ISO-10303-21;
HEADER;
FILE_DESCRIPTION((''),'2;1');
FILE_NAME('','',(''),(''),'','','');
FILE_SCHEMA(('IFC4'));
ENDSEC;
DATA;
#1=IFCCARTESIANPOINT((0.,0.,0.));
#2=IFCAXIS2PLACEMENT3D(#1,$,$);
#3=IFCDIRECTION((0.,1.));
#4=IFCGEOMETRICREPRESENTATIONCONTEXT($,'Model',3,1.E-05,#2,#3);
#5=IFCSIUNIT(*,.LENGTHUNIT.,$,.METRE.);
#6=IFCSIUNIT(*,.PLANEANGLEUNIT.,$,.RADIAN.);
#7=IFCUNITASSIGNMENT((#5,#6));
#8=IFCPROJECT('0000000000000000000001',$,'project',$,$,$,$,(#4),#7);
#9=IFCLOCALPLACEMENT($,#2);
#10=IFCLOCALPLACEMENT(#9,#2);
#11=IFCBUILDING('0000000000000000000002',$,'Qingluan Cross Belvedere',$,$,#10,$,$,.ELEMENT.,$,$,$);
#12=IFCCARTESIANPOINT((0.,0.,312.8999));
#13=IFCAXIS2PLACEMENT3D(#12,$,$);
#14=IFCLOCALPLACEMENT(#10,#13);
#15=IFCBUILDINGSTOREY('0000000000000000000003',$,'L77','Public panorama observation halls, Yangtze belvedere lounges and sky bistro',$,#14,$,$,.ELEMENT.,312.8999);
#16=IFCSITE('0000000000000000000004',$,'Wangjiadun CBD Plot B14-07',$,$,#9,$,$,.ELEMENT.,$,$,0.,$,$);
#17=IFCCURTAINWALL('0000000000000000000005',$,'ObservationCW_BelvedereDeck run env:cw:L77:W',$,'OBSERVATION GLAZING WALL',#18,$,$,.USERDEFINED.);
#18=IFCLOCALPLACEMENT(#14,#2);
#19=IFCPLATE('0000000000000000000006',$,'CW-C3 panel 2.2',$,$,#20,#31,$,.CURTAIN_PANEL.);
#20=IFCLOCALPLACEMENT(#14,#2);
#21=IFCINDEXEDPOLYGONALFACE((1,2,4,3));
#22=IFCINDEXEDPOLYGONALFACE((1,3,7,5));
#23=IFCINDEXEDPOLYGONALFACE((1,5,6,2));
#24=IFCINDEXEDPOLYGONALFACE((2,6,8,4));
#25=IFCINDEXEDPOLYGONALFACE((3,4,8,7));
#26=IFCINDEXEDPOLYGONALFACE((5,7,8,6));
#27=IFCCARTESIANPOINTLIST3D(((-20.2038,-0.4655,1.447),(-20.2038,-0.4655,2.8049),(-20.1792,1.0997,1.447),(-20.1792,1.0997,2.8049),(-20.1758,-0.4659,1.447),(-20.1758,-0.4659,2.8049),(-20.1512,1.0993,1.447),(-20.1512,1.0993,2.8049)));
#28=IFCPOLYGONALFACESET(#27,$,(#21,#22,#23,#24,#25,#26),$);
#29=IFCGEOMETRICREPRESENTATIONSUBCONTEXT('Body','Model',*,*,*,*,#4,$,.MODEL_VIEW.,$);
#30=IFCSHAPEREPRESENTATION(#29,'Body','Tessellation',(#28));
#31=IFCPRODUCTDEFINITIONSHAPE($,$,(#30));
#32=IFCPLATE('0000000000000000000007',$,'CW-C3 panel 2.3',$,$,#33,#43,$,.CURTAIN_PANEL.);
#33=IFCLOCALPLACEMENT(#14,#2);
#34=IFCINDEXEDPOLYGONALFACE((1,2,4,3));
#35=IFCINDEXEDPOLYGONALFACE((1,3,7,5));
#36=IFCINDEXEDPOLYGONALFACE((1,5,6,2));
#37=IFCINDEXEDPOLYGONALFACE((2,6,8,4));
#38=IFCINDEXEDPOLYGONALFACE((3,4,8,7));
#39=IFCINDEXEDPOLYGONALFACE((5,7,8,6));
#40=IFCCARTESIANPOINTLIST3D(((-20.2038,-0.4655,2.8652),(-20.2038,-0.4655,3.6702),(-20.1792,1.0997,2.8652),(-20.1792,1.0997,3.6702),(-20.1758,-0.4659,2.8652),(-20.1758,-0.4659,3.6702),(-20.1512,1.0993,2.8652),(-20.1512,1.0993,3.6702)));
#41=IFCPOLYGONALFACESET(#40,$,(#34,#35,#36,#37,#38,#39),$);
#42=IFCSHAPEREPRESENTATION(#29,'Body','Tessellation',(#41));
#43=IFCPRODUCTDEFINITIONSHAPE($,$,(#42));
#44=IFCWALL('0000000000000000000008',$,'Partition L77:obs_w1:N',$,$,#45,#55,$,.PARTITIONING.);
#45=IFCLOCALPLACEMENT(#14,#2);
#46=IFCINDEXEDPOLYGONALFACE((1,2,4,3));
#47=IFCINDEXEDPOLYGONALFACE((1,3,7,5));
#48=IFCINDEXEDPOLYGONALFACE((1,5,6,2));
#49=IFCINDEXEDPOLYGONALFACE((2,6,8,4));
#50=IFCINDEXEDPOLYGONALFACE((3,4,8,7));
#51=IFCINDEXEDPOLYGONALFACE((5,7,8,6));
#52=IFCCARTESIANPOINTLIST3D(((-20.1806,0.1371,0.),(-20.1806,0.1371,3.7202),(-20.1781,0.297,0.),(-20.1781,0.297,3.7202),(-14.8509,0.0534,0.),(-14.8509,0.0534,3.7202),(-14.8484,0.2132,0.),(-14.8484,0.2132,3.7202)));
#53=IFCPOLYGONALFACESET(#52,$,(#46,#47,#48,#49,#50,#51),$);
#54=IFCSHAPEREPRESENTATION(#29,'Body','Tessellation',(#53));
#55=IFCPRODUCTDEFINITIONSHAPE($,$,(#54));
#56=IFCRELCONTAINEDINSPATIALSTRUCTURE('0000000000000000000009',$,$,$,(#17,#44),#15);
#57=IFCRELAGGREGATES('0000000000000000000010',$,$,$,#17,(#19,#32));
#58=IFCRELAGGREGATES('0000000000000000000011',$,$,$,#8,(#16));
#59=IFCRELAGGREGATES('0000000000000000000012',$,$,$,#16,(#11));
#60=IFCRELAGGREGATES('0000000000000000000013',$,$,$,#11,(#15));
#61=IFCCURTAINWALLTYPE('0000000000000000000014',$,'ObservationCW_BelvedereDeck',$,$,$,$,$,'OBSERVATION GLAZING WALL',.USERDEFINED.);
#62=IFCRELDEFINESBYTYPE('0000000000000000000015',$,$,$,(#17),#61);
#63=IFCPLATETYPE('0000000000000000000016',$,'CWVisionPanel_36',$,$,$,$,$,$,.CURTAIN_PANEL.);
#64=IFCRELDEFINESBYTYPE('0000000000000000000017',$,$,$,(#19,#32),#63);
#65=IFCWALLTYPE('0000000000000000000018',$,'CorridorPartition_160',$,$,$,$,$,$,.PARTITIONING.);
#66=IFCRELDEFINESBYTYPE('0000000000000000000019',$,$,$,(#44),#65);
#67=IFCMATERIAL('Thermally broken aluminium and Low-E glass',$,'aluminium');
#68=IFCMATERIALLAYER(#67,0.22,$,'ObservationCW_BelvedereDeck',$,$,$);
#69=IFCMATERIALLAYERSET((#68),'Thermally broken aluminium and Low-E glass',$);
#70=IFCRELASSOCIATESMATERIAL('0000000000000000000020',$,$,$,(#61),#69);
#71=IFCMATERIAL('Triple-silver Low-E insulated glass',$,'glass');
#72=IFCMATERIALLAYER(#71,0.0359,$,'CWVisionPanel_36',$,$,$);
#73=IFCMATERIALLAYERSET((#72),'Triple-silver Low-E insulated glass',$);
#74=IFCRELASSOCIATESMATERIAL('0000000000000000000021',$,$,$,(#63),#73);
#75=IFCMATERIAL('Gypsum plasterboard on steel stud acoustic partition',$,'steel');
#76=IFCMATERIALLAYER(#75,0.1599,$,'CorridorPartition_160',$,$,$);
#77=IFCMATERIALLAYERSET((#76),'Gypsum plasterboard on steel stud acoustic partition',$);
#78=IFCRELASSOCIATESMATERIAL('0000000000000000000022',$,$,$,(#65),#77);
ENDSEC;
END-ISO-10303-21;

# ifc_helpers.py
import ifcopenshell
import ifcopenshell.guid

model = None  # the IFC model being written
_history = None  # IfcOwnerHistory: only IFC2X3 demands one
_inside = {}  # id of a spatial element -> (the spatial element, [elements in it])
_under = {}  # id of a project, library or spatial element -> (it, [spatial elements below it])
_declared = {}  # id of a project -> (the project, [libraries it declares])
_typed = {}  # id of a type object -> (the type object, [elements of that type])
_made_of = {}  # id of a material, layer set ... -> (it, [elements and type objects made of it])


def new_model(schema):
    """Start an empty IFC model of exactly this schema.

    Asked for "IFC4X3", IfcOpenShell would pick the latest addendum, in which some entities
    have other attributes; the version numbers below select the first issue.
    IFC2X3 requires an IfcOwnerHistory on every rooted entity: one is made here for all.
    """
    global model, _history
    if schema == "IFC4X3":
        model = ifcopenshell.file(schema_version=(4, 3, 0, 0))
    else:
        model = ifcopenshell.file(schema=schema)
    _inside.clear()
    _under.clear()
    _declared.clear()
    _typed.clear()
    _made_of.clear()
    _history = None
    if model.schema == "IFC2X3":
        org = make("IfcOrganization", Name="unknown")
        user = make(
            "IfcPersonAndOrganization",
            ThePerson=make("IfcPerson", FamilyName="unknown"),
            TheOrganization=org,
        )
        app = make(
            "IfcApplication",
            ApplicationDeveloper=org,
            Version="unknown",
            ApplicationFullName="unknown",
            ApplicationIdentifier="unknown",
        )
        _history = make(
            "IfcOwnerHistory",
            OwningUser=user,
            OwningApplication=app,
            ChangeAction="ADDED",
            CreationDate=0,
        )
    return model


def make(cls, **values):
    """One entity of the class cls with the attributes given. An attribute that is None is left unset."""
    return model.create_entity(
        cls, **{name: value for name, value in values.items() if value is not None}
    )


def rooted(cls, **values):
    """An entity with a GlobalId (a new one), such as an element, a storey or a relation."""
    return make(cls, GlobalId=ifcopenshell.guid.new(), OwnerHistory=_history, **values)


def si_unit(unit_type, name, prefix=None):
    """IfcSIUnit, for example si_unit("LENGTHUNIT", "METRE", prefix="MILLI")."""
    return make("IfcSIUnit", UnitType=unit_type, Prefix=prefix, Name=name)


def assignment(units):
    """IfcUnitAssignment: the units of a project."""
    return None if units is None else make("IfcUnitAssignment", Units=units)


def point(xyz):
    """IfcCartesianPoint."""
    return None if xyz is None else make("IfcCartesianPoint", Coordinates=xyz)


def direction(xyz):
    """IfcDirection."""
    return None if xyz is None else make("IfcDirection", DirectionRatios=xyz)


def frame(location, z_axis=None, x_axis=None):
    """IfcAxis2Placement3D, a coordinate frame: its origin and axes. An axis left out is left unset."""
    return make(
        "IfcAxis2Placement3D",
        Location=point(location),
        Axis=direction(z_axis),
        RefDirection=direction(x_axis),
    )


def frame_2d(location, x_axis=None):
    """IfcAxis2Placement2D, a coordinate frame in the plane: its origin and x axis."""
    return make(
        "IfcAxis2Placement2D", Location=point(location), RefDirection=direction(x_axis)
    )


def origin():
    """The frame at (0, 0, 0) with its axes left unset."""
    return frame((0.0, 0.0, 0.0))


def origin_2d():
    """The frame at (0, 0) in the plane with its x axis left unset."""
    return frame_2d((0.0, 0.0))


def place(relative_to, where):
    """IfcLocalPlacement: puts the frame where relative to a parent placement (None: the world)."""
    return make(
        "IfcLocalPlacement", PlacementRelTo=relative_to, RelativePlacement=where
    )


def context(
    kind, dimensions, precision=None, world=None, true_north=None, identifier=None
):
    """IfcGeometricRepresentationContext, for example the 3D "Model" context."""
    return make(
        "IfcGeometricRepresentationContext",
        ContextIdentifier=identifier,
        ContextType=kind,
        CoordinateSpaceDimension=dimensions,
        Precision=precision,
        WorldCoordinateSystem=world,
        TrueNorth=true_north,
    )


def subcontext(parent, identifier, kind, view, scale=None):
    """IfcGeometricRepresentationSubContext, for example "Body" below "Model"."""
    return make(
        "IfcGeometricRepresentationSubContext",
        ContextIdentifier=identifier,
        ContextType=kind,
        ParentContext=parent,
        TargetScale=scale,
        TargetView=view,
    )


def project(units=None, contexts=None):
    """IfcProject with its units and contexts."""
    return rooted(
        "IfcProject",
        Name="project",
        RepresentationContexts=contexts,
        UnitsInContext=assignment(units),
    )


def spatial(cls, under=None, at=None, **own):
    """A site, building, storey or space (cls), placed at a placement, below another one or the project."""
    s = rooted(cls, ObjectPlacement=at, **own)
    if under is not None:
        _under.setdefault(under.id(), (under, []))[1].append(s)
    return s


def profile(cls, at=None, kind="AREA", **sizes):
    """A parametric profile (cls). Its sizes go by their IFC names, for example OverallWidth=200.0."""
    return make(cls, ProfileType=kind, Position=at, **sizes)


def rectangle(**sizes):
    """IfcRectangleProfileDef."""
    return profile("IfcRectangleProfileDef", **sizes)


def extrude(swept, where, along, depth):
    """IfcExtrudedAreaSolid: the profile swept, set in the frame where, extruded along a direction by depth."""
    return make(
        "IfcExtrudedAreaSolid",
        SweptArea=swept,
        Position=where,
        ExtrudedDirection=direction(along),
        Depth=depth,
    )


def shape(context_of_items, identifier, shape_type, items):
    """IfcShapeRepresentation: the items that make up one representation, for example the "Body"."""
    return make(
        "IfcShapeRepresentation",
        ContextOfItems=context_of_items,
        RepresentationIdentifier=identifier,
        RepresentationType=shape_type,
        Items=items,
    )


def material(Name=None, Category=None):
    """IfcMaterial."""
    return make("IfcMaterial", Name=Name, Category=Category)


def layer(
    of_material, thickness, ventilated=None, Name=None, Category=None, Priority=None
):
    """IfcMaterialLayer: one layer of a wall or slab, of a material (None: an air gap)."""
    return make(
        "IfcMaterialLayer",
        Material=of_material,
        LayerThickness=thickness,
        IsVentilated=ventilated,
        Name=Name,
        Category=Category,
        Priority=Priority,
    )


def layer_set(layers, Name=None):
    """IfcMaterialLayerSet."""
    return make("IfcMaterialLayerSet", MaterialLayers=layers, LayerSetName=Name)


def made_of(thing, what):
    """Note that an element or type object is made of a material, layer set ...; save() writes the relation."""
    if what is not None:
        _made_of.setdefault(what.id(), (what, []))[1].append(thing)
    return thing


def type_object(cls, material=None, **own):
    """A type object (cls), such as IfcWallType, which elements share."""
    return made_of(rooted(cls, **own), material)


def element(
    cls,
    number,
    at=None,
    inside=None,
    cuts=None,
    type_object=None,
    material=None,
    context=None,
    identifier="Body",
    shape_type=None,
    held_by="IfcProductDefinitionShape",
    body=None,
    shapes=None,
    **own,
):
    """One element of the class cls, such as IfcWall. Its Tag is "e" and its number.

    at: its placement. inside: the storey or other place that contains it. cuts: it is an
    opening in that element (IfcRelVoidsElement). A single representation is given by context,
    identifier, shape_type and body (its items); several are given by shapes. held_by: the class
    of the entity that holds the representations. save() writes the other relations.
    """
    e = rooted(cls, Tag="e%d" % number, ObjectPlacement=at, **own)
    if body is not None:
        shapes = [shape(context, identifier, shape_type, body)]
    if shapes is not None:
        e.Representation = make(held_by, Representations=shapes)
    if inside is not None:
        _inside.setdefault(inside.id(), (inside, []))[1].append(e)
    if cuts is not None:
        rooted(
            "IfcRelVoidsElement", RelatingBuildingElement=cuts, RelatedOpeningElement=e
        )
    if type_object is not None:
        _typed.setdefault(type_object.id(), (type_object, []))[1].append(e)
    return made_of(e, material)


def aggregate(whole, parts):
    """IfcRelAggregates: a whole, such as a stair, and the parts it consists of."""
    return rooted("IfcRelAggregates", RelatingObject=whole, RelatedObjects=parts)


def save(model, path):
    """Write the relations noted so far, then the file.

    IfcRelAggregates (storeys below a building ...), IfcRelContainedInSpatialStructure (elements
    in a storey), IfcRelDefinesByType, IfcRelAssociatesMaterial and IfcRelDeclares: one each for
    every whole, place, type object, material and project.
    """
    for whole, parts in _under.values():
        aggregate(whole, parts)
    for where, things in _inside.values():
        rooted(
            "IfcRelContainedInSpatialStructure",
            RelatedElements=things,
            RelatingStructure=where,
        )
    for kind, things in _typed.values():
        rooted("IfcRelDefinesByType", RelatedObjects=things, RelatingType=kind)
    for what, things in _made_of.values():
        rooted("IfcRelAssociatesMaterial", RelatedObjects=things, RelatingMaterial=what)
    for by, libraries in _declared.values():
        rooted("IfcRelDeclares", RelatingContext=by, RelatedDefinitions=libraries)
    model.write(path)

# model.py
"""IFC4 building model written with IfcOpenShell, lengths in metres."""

from ifc_helpers import new_model, si_unit, direction, frame, frame_2d, origin, origin_2d, place, context, subcontext, project, spatial, rectangle, extrude, material, layer, layer_set, type_object, element, aggregate, save


model = new_model("IFC4")

# Units and contexts
model_context = context("Model", 3, precision=1e-05, world=origin(), true_north=direction((0.0, 1.0)))
body_context = subcontext(model_context, "Body", "Model", "MODEL_VIEW")
ifc_project = project(units=[si_unit("LENGTHUNIT", "METRE"), si_unit("PLANEANGLEUNIT", "RADIAN")], contexts=[model_context])

# Site, building, storey
site_placement = place(None, origin())
site = spatial("IfcSite", under=ifc_project, at=site_placement, Name="Wangjiadun CBD Plot B14-07", CompositionType="ELEMENT", RefElevation=0.0)
building_placement = place(site_placement, origin())
building = spatial("IfcBuilding", under=site, at=building_placement, Name="Qingluan Cross Belvedere", CompositionType="ELEMENT")
storey_placement = place(building_placement, frame((0.0, 0.0, 312.8999)))
storey = spatial("IfcBuildingStorey", under=building, at=storey_placement, Name="L77", Description="Public panorama observation halls, Yangtze belvedere lounges and sky bistro", CompositionType="ELEMENT", Elevation=312.8999)

# Curtain wall, plates
ifc_material_1 = material(Name="Thermally broken aluminium and Low-E glass", Category="aluminium")
ifc_layer_1 = layer(ifc_material_1, 0.22, Name="ObservationCW_BelvedereDeck")
ifc_layer_set_1 = layer_set([ifc_layer_1], Name="Thermally broken aluminium and Low-E glass")
curtain_wall_type = type_object("IfcCurtainWallType", Name="ObservationCW_BelvedereDeck", ElementType="OBSERVATION GLAZING WALL", PredefinedType="USERDEFINED", material=ifc_layer_set_1)
curtain_wall_placement = place(storey_placement, origin())
curtain_wall = element("IfcCurtainWall", 1, at=curtain_wall_placement, inside=storey, type_object=curtain_wall_type, Name="ObservationCW_BelvedereDeck run env:cw:L77:W", ObjectType="OBSERVATION GLAZING WALL", PredefinedType="USERDEFINED")
ifc_material_2 = material(Name="Triple-silver Low-E insulated glass", Category="glass")
ifc_layer_2 = layer(ifc_material_2, 0.0359, Name="CWVisionPanel_36")
ifc_layer_set_2 = layer_set([ifc_layer_2], Name="Triple-silver Low-E insulated glass")
plate_type = type_object("IfcPlateType", Name="CWVisionPanel_36", PredefinedType="CURTAIN_PANEL", material=ifc_layer_set_2)
plate_1_placement = place(storey_placement, frame((-20.1775, 0.3169, 1.447), z_axis=(0.0, 0.0, 1.0), x_axis=(-0.01571, -0.999877, 0.0)))
plate_1 = element("IfcPlate", 2, at=plate_1_placement, type_object=plate_type, Name="CW-C3 panel 2.2", PredefinedType="CURTAIN_PANEL", context=body_context, shape_type="SweptSolid", body=[
    extrude(rectangle(XDim=1.5654, YDim=0.0281, at=origin_2d()), origin(), (0.0, 0.0, 1.0), 1.3579),
])
plate_2_placement = place(storey_placement, frame((-20.1775, 0.3169, 2.8652), z_axis=(0.0, 0.0, 1.0), x_axis=(-0.01571, -0.999877, 0.0)))
plate_2 = element("IfcPlate", 3, at=plate_2_placement, type_object=plate_type, Name="CW-C3 panel 2.3", PredefinedType="CURTAIN_PANEL", context=body_context, shape_type="SweptSolid", body=[
    extrude(rectangle(XDim=1.5654, YDim=0.0281, at=origin_2d()), origin(), (0.0, 0.0, 1.0), 0.8049),
])
aggregate(curtain_wall, [plate_1, plate_2])

# Wall
ifc_material_3 = material(Name="Gypsum plasterboard on steel stud acoustic partition", Category="steel")
ifc_layer_3 = layer(ifc_material_3, 0.1599, Name="CorridorPartition_160")
ifc_layer_set_3 = layer_set([ifc_layer_3], Name="Gypsum plasterboard on steel stud acoustic partition")
wall_type = type_object("IfcWallType", Name="CorridorPartition_160", PredefinedType="PARTITIONING", material=ifc_layer_set_3)
wall_placement = place(storey_placement, frame((-20.1792, 0.217, 0.0), z_axis=(0.0, 0.0, 1.0), x_axis=(0.999877, -0.01571, 0.0)))
element("IfcWall", 4, at=wall_placement, inside=storey, type_object=wall_type, Name="Partition L77:obs_w1:N", PredefinedType="PARTITIONING", context=body_context, shape_type="SweptSolid", body=[
    extrude(rectangle(XDim=5.3303, YDim=0.1599, at=frame_2d((2.665, 0.0))), origin(), (0.0, 0.0, 1.0), 3.7202),
])

save(model, "model.ifc")
